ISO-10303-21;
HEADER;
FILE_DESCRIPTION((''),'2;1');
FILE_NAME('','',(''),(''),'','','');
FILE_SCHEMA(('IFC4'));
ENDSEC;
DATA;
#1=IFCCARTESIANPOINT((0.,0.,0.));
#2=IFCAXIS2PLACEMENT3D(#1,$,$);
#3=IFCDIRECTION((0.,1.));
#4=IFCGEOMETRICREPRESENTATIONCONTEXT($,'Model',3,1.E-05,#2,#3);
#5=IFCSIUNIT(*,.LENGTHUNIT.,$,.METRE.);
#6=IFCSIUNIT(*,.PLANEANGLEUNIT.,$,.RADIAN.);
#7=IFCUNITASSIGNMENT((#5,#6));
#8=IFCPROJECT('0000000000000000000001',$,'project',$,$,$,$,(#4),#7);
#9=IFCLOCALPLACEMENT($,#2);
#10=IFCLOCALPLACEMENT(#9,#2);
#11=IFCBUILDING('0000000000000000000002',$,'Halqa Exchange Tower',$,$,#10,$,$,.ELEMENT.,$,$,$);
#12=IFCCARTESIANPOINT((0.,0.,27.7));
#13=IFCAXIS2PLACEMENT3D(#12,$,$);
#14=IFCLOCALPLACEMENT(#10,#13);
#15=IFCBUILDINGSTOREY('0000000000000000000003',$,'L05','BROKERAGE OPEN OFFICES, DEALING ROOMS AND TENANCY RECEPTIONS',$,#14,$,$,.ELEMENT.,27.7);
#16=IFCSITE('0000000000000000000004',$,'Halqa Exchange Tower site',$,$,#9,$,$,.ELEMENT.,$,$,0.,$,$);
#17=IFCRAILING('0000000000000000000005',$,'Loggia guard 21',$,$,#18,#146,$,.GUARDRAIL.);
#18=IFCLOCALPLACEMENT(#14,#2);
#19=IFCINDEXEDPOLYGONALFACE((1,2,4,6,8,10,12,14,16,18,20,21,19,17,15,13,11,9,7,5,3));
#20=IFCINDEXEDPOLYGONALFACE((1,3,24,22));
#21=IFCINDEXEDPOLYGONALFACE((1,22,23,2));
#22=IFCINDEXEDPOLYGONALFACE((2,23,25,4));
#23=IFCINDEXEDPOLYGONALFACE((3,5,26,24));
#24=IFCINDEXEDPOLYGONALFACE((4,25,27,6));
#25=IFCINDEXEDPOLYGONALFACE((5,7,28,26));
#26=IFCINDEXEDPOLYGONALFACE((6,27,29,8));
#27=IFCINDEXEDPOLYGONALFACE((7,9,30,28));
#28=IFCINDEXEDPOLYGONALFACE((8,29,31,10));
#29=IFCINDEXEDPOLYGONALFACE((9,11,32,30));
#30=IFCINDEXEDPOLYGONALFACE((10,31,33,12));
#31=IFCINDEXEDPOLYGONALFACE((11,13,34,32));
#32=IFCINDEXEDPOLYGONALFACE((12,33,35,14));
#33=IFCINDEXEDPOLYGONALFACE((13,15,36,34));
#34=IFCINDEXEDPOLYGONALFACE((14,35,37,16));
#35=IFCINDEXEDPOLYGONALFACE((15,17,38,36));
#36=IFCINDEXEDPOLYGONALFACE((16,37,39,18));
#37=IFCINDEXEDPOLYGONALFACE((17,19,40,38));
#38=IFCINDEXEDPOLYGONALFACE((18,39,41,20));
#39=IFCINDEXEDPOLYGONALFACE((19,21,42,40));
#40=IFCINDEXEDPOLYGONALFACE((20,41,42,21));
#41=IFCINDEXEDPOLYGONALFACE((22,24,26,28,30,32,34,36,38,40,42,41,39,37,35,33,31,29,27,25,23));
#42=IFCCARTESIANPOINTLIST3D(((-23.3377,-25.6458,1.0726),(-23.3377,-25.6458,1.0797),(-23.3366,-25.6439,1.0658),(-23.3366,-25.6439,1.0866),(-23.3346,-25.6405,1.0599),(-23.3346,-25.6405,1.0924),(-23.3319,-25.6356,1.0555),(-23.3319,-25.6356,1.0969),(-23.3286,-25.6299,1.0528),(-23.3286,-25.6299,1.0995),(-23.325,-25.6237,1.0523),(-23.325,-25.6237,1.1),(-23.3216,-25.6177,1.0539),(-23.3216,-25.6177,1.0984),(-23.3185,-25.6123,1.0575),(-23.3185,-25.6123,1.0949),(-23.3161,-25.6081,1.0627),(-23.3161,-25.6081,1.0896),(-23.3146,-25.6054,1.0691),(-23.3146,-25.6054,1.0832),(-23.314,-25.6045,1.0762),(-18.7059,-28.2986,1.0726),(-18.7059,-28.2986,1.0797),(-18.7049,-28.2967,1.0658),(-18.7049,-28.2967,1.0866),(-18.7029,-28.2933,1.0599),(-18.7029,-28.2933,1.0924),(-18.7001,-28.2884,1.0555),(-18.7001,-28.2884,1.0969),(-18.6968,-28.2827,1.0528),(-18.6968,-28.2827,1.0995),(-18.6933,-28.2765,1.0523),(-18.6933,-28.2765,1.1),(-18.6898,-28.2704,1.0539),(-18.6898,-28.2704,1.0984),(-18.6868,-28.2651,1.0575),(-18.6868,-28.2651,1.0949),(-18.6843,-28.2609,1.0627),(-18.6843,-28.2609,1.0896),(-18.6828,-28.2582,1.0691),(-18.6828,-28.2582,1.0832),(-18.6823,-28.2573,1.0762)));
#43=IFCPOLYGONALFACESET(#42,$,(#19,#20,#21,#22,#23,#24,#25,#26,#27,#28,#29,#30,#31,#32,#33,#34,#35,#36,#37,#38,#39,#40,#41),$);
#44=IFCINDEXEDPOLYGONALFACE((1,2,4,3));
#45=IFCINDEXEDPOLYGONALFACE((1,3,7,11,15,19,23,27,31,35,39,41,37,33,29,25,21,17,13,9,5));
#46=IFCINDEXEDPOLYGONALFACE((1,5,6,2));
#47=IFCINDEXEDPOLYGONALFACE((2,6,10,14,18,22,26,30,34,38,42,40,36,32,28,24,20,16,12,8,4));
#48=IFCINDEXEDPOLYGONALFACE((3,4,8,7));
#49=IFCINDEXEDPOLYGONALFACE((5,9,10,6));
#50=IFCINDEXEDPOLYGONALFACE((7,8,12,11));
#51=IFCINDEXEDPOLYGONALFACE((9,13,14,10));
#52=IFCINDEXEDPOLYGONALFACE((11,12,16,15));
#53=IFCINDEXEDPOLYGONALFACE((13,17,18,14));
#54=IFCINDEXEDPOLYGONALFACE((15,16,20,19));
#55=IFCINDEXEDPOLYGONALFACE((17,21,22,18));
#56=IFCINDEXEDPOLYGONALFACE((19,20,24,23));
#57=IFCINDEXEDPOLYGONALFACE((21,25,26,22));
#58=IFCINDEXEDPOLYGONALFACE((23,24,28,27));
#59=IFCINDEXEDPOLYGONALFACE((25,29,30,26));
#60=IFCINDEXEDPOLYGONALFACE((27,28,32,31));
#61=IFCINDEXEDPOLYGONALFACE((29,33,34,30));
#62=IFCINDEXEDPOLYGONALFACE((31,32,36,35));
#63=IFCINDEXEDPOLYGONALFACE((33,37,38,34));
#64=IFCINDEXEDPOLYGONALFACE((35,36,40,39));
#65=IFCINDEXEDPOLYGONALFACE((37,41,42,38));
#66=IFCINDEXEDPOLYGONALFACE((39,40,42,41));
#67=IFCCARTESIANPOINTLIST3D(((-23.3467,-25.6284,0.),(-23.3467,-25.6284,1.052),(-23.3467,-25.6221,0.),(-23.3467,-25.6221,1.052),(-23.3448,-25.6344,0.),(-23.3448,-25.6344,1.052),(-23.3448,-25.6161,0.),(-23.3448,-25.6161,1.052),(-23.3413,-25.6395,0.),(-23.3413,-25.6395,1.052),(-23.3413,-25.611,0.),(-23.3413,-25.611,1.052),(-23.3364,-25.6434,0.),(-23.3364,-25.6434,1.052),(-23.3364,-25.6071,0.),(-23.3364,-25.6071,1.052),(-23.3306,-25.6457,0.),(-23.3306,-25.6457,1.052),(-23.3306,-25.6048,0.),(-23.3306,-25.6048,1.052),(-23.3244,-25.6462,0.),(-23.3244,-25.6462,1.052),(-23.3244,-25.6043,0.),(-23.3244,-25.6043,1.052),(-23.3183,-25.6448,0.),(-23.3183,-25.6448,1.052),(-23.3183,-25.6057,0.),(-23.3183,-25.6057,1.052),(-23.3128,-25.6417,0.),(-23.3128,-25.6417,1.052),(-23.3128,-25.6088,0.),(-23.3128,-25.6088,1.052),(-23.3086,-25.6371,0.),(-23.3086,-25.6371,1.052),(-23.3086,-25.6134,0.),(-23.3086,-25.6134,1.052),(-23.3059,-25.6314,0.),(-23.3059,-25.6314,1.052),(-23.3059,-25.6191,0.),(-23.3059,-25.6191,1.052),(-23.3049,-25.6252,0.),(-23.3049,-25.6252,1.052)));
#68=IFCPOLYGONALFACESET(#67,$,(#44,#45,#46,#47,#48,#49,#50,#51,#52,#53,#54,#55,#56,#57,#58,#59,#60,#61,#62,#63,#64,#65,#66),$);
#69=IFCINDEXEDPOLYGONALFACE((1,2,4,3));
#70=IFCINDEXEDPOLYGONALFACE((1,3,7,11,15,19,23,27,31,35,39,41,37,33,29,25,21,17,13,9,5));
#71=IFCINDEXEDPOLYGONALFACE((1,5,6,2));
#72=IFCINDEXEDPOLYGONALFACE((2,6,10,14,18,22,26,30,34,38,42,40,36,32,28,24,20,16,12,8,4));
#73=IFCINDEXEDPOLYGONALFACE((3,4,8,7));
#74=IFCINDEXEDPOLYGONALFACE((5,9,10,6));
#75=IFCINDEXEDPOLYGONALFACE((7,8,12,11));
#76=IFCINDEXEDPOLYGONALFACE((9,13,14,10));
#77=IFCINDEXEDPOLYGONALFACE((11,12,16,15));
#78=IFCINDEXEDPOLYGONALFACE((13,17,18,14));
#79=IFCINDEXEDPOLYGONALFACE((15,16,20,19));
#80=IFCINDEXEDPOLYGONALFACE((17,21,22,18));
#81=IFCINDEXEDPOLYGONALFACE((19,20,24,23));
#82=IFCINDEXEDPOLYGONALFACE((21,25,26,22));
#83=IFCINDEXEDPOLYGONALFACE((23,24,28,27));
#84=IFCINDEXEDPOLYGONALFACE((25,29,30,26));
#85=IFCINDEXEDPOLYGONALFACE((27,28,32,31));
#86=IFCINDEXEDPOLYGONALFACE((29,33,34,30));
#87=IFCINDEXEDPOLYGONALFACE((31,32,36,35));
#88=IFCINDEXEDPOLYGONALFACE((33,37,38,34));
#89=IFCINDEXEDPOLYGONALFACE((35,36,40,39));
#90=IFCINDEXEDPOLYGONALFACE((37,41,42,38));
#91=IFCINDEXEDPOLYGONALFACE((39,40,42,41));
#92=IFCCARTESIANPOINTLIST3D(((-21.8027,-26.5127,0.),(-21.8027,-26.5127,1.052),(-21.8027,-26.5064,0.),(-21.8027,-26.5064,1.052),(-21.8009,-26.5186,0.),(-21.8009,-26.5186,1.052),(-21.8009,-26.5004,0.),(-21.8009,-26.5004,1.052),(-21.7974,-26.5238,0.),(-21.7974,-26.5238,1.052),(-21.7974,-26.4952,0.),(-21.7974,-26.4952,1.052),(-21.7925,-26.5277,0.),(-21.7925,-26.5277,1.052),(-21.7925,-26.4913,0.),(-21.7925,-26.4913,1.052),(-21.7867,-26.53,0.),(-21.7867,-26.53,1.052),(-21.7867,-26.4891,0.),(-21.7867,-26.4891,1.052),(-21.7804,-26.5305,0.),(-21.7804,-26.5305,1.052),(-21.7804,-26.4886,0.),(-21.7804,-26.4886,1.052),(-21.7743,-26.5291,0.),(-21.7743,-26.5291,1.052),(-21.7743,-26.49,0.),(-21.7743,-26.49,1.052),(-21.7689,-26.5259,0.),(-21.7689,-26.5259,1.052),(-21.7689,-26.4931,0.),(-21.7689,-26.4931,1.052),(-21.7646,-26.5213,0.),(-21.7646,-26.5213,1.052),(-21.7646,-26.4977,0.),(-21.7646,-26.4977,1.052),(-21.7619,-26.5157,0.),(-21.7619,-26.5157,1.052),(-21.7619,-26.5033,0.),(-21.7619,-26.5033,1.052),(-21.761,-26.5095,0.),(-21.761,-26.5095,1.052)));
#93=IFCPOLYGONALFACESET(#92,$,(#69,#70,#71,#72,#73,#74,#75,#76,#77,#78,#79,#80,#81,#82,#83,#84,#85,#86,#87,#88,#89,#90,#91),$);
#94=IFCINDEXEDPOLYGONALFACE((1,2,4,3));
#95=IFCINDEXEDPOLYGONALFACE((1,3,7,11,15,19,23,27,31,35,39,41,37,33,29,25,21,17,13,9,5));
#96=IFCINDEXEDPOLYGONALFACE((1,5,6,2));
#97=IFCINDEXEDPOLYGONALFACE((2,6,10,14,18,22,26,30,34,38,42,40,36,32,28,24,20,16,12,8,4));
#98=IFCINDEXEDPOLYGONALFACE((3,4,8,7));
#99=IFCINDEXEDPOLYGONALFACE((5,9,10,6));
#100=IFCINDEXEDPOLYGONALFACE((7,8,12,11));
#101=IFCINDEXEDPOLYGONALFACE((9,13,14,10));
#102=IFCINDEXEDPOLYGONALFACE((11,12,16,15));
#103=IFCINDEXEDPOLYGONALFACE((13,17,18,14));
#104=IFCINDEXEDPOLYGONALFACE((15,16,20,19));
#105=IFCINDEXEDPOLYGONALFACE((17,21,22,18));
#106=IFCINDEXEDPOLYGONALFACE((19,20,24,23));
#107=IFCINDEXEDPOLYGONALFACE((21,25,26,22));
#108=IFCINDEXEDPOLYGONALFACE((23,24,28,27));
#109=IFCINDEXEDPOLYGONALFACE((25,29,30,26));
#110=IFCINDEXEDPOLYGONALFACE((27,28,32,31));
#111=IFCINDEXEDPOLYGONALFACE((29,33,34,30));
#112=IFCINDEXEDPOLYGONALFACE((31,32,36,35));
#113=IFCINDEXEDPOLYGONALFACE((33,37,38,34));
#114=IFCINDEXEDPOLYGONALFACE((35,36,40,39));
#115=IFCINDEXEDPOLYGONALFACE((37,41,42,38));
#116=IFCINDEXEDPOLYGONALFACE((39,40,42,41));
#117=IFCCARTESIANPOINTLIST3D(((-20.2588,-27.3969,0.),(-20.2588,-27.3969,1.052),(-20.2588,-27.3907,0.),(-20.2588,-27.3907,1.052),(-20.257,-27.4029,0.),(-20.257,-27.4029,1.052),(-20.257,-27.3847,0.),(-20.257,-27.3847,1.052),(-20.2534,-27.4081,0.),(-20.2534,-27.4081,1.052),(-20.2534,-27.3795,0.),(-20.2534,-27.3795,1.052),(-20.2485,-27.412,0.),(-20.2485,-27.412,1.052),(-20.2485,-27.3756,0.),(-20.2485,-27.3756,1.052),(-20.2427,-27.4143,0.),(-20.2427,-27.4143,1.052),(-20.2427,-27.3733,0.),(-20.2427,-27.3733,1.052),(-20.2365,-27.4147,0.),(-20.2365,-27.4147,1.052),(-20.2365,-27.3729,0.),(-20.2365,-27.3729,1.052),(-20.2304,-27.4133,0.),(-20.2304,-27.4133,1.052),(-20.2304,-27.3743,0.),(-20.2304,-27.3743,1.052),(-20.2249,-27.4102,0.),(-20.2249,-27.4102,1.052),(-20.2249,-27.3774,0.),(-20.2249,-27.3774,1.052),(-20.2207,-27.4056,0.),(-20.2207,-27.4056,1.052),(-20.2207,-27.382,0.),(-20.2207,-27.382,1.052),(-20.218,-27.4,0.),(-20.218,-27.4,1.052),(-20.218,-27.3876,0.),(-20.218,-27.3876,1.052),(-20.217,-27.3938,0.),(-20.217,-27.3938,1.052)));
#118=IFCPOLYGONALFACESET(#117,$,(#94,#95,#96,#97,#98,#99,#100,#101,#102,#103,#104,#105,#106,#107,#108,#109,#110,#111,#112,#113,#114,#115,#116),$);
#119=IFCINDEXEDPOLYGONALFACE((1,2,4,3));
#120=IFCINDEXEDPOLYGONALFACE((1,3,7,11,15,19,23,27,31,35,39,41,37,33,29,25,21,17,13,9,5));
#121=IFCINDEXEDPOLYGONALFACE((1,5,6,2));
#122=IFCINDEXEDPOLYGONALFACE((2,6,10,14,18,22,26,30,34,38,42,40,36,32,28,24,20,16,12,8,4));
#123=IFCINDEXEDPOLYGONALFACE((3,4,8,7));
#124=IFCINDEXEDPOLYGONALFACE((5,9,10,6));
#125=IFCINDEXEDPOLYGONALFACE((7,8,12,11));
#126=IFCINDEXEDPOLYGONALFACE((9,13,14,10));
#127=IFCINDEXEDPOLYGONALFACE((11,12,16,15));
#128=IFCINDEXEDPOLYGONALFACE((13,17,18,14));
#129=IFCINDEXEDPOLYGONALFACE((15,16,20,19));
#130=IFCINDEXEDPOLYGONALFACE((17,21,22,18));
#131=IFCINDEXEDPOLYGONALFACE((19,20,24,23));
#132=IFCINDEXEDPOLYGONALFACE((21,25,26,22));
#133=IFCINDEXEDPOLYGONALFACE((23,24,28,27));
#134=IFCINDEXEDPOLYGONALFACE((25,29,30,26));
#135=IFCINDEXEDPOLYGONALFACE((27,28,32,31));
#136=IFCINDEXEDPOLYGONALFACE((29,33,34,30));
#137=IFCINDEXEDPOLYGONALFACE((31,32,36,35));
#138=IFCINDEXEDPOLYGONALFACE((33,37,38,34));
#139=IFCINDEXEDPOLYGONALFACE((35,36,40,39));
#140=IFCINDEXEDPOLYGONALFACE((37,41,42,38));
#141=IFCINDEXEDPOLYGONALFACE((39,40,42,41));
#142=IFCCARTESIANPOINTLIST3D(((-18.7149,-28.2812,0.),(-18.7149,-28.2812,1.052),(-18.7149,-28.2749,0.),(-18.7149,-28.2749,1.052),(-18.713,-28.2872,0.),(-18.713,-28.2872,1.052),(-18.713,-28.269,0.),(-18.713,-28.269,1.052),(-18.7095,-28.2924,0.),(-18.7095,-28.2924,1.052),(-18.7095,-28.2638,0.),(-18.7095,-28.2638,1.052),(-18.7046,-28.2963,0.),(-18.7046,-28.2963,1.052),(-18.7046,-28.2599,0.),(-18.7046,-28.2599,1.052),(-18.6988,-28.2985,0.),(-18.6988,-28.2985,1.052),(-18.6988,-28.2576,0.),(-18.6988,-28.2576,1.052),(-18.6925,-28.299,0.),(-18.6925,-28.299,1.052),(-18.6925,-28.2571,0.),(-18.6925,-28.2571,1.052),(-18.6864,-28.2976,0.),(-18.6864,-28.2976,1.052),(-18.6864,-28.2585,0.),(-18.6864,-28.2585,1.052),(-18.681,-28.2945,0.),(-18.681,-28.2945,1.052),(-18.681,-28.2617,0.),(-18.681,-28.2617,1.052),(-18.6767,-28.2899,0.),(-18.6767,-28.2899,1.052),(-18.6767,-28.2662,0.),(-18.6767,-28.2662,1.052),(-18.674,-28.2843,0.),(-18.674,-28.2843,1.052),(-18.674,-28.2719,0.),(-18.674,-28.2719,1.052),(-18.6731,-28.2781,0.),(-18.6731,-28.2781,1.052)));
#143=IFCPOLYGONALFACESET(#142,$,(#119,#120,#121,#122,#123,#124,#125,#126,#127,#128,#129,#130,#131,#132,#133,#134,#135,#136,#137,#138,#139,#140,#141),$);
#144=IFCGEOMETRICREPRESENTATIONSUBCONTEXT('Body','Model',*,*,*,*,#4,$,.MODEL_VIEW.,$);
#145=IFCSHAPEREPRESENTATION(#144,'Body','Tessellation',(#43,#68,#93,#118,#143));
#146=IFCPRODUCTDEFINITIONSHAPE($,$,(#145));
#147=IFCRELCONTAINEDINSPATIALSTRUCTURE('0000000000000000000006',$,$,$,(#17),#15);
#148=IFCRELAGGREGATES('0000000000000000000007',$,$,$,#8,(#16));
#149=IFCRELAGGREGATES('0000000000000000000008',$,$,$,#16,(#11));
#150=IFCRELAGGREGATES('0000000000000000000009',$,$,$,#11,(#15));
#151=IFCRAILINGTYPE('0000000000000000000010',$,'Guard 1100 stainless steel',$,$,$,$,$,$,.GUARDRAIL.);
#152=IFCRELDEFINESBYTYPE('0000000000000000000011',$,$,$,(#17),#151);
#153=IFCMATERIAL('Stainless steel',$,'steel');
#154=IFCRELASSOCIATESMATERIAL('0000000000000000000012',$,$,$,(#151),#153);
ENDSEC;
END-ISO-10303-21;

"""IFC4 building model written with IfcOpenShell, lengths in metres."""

from ifc_helpers import new_model, si_unit, direction, frame, origin, origin_2d, place, context, subcontext, project, spatial, circle, extrude, material, type_object, element, save


model = new_model("IFC4")

# Units and contexts
model_context = context("Model", 3, precision=1e-05, world=origin(), true_north=direction((0.0, 1.0)))
body_context = subcontext(model_context, "Body", "Model", "MODEL_VIEW")
ifc_project = project(units=[si_unit("LENGTHUNIT", "METRE"), si_unit("PLANEANGLEUNIT", "RADIAN")], contexts=[model_context])

# Site, building, storey
site_placement = place(None, origin())
site = spatial("IfcSite", under=ifc_project, at=site_placement, Name="Halqa Exchange Tower site", CompositionType="ELEMENT", RefElevation=0.0)
building_placement = place(site_placement, origin())
building = spatial("IfcBuilding", under=site, at=building_placement, Name="Halqa Exchange Tower", CompositionType="ELEMENT")
storey_placement = place(building_placement, frame((0.0, 0.0, 27.7)))
storey = spatial("IfcBuildingStorey", under=building, at=storey_placement, Name="L05", Description="BROKERAGE OPEN OFFICES, DEALING ROOMS AND TENANCY RECEPTIONS", CompositionType="ELEMENT", Elevation=27.7)

# Railing
ifc_material_1 = material(Name="Stainless steel", Category="steel")
railing_type = type_object("IfcRailingType", Name="Guard 1100 stainless steel", PredefinedType="GUARDRAIL", material=ifc_material_1)
railing_1_placement = place(storey_placement, frame((-23.3259, -25.6252, 0.0)))
element("IfcRailing", 1, at=railing_1_placement, inside=storey, type_object=railing_type, Name="Loggia guard 21", PredefinedType="GUARDRAIL", context=body_context, shape_type="SweptSolid", body=[
    extrude(circle(Radius=0.0239, at=origin_2d()), frame((0.0, 0.0, 1.0762), z_axis=(0.867753, -0.496996, 0.0), x_axis=(0.496996, 0.867753, 0.0)), (0.0, 0.0, 1.0), 5.3376),
    extrude(circle(Radius=0.021, at=origin_2d()), origin(), (0.0, 0.0, 1.0), 1.052),
    extrude(circle(Radius=0.021, at=origin_2d()), frame((1.5439, -0.8843, 0.0)), (0.0, 0.0, 1.0), 1.052),
    extrude(circle(Radius=0.021, at=origin_2d()), frame((3.0879, -1.7686, 0.0)), (0.0, 0.0, 1.0), 1.052),
    extrude(circle(Radius=0.021, at=origin_2d()), frame((4.6318, -2.6528, 0.0)), (0.0, 0.0, 1.0), 1.052),
])

save(model, "model.ifc")
